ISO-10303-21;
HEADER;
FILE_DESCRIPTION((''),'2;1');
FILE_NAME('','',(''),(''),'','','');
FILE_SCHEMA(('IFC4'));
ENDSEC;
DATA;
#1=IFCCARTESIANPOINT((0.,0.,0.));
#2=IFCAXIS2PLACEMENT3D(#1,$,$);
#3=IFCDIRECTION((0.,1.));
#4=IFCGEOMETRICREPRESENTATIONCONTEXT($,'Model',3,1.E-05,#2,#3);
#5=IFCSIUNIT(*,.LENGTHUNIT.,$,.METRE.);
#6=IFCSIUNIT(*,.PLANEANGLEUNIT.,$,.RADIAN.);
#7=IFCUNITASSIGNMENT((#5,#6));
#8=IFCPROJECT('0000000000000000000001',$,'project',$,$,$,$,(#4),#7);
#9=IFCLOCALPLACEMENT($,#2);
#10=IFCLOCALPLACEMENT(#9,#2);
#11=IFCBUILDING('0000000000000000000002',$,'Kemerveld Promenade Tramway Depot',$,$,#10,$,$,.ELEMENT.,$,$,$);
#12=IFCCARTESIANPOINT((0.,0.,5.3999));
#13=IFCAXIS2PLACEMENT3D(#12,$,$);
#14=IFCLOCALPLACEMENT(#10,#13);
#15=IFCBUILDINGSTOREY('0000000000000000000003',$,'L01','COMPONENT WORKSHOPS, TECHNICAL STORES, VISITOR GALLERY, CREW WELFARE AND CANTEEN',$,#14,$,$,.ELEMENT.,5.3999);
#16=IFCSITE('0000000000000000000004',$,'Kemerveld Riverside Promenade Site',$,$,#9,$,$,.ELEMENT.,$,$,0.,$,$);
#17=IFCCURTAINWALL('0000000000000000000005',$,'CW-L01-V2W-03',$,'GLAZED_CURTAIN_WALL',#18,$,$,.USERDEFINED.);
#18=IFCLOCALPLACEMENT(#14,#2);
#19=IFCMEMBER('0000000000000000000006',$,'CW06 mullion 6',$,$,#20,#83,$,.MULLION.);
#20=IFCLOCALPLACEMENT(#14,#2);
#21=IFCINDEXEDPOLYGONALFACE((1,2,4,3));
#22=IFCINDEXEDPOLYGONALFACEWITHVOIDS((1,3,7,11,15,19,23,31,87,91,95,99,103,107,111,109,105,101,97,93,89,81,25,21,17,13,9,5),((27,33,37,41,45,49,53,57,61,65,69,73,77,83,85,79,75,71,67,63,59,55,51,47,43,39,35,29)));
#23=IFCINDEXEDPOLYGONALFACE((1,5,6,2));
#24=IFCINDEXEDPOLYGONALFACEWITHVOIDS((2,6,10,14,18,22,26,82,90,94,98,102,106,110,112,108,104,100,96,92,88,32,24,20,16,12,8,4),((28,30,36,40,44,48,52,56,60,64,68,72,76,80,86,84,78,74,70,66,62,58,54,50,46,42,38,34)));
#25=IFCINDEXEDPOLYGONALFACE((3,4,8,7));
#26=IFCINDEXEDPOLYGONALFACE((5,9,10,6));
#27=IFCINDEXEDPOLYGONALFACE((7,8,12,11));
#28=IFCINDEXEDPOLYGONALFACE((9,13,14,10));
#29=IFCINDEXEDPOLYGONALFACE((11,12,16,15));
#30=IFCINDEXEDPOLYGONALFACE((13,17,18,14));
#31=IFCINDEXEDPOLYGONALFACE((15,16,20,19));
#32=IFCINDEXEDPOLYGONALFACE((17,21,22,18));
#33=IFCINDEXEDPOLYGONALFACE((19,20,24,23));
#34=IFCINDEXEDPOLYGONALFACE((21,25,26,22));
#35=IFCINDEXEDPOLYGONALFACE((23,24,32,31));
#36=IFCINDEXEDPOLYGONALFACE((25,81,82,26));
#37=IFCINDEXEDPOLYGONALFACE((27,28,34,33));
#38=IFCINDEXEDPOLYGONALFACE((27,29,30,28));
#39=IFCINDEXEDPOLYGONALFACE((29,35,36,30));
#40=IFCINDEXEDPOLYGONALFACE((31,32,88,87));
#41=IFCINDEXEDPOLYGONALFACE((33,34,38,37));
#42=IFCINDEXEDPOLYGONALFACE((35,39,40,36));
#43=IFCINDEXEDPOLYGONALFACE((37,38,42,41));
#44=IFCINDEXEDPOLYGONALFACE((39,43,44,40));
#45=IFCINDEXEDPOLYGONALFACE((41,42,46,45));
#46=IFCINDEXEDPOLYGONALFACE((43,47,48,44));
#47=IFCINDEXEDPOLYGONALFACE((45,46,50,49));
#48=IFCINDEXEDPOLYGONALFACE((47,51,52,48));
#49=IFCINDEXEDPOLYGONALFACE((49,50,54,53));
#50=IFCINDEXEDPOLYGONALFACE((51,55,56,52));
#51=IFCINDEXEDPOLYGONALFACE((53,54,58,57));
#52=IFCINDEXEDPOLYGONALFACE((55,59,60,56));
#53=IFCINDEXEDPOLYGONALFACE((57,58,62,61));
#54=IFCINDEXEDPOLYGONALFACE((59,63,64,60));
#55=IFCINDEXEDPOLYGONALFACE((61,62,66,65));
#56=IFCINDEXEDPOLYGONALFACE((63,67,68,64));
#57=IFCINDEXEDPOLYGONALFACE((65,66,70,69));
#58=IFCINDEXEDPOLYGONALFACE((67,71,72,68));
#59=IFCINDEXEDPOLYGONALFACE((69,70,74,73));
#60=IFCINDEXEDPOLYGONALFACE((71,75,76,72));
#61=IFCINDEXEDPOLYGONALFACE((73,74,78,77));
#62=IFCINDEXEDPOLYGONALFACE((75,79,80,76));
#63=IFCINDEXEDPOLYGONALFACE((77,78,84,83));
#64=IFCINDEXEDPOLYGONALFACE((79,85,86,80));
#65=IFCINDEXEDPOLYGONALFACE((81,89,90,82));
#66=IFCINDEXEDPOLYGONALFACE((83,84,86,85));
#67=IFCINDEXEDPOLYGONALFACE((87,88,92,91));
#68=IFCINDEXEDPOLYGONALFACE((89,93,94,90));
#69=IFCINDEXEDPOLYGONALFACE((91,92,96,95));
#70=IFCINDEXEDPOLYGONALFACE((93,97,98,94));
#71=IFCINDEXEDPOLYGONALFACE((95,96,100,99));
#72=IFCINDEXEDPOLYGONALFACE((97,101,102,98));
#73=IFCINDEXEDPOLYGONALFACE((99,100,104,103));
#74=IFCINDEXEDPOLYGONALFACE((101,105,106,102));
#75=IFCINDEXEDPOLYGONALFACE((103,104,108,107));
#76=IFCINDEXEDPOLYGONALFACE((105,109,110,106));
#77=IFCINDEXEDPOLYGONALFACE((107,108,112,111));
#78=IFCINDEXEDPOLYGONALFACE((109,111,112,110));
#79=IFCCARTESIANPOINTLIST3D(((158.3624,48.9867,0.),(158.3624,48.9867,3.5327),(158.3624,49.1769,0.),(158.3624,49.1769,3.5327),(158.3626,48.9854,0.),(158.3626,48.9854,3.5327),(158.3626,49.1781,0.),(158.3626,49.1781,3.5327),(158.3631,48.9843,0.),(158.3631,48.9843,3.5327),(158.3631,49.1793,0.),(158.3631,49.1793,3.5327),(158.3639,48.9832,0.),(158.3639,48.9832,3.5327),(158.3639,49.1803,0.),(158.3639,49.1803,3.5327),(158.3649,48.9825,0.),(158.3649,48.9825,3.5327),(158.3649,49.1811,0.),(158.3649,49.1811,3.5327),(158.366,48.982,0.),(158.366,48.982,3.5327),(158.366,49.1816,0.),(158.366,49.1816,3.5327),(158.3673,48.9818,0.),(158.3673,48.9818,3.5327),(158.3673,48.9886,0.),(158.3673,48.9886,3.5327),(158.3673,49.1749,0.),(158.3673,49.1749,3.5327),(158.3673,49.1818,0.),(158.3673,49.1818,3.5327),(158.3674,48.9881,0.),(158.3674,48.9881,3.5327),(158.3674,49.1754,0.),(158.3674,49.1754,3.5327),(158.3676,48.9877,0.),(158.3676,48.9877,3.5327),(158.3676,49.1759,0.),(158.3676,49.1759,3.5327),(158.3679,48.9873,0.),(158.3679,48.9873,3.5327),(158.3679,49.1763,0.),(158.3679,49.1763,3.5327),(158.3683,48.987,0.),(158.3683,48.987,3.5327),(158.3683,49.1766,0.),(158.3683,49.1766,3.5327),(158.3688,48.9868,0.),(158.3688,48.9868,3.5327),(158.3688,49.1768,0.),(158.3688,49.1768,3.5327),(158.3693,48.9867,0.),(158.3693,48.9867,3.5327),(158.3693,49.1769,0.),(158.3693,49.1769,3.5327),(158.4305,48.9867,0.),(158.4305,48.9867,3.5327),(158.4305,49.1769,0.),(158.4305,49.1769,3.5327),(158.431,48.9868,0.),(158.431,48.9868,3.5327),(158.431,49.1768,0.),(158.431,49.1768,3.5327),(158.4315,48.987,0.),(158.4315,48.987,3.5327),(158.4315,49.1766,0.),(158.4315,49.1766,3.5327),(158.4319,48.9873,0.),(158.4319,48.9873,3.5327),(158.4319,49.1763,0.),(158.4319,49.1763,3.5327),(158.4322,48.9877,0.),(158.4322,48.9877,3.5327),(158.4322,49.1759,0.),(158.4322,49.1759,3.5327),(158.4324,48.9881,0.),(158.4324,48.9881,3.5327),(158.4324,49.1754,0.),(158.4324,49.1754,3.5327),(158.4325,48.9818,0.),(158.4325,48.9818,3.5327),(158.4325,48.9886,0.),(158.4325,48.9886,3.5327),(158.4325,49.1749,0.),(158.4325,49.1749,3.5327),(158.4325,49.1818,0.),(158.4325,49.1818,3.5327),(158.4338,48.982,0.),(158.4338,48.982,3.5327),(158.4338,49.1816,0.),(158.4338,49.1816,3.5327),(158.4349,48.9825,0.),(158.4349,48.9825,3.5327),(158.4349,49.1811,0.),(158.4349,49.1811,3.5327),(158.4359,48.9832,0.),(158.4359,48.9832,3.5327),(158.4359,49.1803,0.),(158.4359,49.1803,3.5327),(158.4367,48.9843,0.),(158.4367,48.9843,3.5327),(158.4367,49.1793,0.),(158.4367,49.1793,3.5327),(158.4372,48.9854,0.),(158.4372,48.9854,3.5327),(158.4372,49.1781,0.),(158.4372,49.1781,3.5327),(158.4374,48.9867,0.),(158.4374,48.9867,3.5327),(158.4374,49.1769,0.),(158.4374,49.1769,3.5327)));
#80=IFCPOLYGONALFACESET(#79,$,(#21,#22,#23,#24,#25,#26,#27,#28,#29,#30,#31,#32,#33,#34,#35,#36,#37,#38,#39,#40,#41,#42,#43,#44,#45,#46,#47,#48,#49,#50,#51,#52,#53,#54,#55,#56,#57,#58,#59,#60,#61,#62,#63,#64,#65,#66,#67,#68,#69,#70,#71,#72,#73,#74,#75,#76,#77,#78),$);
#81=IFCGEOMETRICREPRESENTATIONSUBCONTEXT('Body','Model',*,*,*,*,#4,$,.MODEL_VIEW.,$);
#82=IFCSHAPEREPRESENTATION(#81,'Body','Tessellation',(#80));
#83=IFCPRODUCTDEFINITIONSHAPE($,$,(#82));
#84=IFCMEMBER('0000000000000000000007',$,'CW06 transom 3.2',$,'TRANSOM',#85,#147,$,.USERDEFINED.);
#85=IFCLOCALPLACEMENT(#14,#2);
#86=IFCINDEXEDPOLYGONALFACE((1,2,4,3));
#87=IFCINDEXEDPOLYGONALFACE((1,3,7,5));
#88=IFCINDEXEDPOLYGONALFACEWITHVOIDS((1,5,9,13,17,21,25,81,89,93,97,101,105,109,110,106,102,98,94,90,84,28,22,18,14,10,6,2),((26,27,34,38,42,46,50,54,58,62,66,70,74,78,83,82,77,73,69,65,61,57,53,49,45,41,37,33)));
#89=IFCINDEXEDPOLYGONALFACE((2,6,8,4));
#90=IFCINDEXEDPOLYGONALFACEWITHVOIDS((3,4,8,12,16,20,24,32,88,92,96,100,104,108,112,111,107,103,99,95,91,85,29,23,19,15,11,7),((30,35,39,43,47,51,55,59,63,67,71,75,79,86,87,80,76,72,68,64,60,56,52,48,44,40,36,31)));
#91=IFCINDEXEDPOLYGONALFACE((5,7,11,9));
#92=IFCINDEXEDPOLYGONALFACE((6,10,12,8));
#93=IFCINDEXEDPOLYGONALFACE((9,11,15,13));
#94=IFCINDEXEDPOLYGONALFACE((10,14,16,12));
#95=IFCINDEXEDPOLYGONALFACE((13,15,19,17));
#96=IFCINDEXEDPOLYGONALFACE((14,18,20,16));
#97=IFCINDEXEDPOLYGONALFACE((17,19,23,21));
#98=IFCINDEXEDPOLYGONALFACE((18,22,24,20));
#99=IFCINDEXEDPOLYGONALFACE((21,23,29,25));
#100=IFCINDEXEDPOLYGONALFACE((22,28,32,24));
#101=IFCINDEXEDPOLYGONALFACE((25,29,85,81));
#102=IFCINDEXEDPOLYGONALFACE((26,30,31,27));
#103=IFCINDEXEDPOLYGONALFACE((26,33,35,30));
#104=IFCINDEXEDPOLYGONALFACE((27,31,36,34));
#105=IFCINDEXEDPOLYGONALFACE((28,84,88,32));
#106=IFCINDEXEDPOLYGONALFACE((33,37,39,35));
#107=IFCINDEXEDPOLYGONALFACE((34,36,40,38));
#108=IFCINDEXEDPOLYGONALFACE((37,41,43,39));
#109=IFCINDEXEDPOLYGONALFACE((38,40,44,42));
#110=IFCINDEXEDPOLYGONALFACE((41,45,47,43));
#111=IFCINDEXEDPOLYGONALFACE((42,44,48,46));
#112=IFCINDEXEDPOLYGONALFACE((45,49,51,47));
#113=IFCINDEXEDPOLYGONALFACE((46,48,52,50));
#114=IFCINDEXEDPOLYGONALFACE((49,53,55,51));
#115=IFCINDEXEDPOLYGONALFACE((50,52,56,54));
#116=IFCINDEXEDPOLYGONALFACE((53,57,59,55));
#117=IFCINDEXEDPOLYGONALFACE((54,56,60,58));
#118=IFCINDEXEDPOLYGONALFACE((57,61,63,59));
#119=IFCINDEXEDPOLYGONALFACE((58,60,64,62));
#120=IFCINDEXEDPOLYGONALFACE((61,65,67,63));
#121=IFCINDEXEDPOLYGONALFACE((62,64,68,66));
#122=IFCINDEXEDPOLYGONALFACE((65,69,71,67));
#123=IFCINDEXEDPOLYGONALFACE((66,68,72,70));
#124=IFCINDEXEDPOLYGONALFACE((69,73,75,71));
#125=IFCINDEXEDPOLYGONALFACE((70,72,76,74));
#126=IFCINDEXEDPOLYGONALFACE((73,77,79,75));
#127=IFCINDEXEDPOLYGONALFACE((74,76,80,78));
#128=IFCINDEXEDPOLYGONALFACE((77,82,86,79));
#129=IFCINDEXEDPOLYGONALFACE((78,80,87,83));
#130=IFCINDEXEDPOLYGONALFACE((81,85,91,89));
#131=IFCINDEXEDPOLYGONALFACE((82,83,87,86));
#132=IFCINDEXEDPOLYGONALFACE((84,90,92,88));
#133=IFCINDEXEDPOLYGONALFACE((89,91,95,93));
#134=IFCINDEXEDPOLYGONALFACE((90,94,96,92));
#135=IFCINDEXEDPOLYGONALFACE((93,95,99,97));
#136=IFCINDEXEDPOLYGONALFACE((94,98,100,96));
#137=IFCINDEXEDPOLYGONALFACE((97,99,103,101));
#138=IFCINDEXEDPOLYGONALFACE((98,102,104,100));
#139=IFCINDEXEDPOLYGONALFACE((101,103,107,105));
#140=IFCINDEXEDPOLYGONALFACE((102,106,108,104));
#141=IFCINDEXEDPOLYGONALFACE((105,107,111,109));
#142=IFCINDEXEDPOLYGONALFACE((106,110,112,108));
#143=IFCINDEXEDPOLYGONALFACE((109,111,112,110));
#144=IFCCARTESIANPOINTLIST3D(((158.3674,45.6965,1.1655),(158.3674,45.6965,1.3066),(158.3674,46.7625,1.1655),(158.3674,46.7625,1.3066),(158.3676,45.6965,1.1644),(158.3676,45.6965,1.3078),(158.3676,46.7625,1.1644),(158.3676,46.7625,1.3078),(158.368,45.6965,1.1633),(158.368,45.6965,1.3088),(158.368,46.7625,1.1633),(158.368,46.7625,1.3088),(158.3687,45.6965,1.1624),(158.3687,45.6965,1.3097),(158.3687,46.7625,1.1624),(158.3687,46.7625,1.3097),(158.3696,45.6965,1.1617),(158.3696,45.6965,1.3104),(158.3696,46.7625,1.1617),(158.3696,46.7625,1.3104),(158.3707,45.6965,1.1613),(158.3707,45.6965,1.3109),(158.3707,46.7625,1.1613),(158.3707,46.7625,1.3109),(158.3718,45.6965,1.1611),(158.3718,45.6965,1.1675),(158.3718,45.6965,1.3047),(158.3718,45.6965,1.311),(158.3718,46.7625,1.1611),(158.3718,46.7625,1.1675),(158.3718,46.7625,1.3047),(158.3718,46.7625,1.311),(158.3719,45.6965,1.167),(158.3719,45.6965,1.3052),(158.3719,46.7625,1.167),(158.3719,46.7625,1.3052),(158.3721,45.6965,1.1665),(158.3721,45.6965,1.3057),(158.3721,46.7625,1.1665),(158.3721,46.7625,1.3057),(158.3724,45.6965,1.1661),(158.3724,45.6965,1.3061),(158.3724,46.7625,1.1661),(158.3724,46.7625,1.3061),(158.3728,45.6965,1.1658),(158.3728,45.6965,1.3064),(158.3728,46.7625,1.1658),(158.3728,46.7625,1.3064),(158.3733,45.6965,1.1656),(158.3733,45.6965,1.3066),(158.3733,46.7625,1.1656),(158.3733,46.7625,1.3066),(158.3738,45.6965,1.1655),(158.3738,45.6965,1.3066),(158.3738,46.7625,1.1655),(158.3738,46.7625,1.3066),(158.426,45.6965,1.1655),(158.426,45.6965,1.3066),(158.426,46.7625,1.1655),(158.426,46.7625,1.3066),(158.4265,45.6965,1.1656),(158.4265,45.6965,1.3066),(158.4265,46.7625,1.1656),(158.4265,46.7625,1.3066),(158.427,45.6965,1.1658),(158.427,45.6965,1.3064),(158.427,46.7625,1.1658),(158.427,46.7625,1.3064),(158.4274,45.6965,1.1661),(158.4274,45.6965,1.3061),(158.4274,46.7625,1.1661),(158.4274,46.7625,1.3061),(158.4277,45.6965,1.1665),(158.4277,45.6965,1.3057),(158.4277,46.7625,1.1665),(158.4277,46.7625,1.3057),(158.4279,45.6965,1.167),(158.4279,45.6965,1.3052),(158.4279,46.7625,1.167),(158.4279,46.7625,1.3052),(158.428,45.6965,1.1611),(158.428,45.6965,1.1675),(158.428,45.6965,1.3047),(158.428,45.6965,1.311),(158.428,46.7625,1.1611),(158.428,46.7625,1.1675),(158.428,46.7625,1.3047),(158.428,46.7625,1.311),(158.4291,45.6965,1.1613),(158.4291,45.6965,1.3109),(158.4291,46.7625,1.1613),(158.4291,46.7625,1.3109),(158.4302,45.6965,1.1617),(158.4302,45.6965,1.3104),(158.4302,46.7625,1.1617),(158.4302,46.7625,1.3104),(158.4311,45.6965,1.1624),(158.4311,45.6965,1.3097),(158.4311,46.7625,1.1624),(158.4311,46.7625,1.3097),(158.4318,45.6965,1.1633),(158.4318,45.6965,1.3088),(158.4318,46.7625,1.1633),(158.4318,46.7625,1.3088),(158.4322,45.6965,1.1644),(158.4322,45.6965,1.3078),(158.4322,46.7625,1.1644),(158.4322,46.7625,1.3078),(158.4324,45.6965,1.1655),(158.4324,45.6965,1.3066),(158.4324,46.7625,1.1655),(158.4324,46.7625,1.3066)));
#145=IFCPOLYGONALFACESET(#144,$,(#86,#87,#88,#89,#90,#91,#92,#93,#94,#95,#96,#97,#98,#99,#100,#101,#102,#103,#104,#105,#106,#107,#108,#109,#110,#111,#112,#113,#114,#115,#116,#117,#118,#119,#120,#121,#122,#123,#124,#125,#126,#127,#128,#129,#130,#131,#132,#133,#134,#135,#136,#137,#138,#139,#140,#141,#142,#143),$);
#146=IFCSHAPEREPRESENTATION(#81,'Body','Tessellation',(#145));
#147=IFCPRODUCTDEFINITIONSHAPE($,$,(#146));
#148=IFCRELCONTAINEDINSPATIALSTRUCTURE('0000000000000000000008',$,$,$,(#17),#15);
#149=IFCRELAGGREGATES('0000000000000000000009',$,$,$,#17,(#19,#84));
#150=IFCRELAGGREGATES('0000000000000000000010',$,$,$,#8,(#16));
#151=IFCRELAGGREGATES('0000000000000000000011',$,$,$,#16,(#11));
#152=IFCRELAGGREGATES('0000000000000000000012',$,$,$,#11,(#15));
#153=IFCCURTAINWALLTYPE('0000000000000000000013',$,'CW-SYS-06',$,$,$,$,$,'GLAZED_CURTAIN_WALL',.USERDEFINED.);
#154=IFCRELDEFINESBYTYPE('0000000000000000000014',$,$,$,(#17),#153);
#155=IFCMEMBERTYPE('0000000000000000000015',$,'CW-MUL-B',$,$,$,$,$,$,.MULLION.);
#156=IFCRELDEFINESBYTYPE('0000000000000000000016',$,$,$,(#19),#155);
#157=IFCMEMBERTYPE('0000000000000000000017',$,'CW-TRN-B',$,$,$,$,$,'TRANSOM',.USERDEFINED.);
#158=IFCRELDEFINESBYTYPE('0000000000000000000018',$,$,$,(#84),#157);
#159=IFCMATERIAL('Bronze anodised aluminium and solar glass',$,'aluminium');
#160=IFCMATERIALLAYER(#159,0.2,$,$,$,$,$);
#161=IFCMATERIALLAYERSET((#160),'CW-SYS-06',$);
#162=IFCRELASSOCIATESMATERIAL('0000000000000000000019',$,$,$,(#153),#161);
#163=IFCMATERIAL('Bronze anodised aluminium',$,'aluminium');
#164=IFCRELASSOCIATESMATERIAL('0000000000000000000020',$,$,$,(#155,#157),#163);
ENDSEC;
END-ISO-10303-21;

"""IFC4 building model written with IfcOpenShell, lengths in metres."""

from ifc_helpers import new_model, si_unit, direction, frame, origin, origin_2d, place, context, subcontext, project, spatial, hollow_rectangle, extrude, material, layer, layer_set, material_profile, profile_set, type_object, element, aggregate, save


model = new_model("IFC4")

# Units and contexts
model_context = context("Model", 3, precision=1e-05, world=origin(), true_north=direction((0.0, 1.0)))
body_context = subcontext(model_context, "Body", "Model", "MODEL_VIEW")
ifc_project = project(units=[si_unit("LENGTHUNIT", "METRE"), si_unit("PLANEANGLEUNIT", "RADIAN")], contexts=[model_context])

# Site, building, storey
site_placement = place(None, origin())
site = spatial("IfcSite", under=ifc_project, at=site_placement, Name="Kemerveld Riverside Promenade Site", CompositionType="ELEMENT", RefElevation=0.0)
building_placement = place(site_placement, origin())
building = spatial("IfcBuilding", under=site, at=building_placement, Name="Kemerveld Promenade Tramway Depot", CompositionType="ELEMENT")
storey_placement = place(building_placement, frame((0.0, 0.0, 5.3999)))
storey = spatial("IfcBuildingStorey", under=building, at=storey_placement, Name="L01", Description="COMPONENT WORKSHOPS, TECHNICAL STORES, VISITOR GALLERY, CREW WELFARE AND CANTEEN", CompositionType="ELEMENT", Elevation=5.3999)

# Curtain wall, members
ifc_material_1 = material(Name="Bronze anodised aluminium and solar glass", Category="aluminium")
ifc_layer_1 = layer(ifc_material_1, 0.2)
ifc_layer_set_1 = layer_set([ifc_layer_1], Name="CW-SYS-06")
curtain_wall_type = type_object("IfcCurtainWallType", Name="CW-SYS-06", ElementType="GLAZED_CURTAIN_WALL", PredefinedType="USERDEFINED", material=ifc_layer_set_1)
curtain_wall_placement = place(storey_placement, origin())
curtain_wall = element("IfcCurtainWall", 1, at=curtain_wall_placement, inside=storey, type_object=curtain_wall_type, Name="CW-L01-V2W-03", ObjectType="GLAZED_CURTAIN_WALL", PredefinedType="USERDEFINED")
ifc_material_2 = material(Name="Bronze anodised aluminium", Category="aluminium")
ifc_material_profile_1 = material_profile(ifc_material_2, hollow_rectangle(XDim=0.075, YDim=0.2, WallThickness=0.0049, InnerFilletRadius=0.002, OuterFilletRadius=0.0049, at=origin_2d()), Name="CW-MUL-200x75")
ifc_profile_set_1 = profile_set([ifc_material_profile_1], Name="Bronze anodised aluminium")
member_type_1 = type_object("IfcMemberType", Name="CW-MUL-B", PredefinedType="MULLION", material=ifc_profile_set_1)
member_1_placement = place(storey_placement, frame((158.3999, 49.0818, 0.0), z_axis=(0.0, 0.0, 1.0), x_axis=(-1.0, 0.0, 0.0)))
member_1 = element("IfcMember", 2, at=member_1_placement, type_object=member_type_1, Name="CW06 mullion 6", PredefinedType="MULLION", context=body_context, shape_type="SweptSolid", body=[
    extrude(hollow_rectangle(XDim=0.075, YDim=0.2, WallThickness=0.0049, InnerFilletRadius=0.002, OuterFilletRadius=0.0049, at=origin_2d()), origin(), (0.0, 0.0, 1.0), 3.5327),
])
ifc_material_profile_2 = material_profile(ifc_material_2, hollow_rectangle(XDim=0.0649, YDim=0.1499, WallThickness=0.0044, InnerFilletRadius=0.002, OuterFilletRadius=0.0044, at=origin_2d()), Name="CW-TRN-150x65")
ifc_profile_set_2 = profile_set([ifc_material_profile_2], Name="Bronze anodised aluminium")
member_type_2 = type_object("IfcMemberType", Name="CW-TRN-B", ElementType="TRANSOM", PredefinedType="USERDEFINED", material=ifc_profile_set_2)
member_2_placement = place(storey_placement, frame((158.3999, 45.6965, 1.2361), z_axis=(0.0, 1.0, 0.0), x_axis=(-1.0, 0.0, 0.0)))
member_2 = element("IfcMember", 3, at=member_2_placement, type_object=member_type_2, Name="CW06 transom 3.2", ObjectType="TRANSOM", PredefinedType="USERDEFINED", context=body_context, shape_type="SweptSolid", body=[
    extrude(hollow_rectangle(XDim=0.0649, YDim=0.1499, WallThickness=0.0044, InnerFilletRadius=0.002, OuterFilletRadius=0.0044, at=origin_2d()), origin(), (0.0, 0.0, 1.0), 1.0659),
])
aggregate(curtain_wall, [member_1, member_2])

save(model, "model.ifc")
